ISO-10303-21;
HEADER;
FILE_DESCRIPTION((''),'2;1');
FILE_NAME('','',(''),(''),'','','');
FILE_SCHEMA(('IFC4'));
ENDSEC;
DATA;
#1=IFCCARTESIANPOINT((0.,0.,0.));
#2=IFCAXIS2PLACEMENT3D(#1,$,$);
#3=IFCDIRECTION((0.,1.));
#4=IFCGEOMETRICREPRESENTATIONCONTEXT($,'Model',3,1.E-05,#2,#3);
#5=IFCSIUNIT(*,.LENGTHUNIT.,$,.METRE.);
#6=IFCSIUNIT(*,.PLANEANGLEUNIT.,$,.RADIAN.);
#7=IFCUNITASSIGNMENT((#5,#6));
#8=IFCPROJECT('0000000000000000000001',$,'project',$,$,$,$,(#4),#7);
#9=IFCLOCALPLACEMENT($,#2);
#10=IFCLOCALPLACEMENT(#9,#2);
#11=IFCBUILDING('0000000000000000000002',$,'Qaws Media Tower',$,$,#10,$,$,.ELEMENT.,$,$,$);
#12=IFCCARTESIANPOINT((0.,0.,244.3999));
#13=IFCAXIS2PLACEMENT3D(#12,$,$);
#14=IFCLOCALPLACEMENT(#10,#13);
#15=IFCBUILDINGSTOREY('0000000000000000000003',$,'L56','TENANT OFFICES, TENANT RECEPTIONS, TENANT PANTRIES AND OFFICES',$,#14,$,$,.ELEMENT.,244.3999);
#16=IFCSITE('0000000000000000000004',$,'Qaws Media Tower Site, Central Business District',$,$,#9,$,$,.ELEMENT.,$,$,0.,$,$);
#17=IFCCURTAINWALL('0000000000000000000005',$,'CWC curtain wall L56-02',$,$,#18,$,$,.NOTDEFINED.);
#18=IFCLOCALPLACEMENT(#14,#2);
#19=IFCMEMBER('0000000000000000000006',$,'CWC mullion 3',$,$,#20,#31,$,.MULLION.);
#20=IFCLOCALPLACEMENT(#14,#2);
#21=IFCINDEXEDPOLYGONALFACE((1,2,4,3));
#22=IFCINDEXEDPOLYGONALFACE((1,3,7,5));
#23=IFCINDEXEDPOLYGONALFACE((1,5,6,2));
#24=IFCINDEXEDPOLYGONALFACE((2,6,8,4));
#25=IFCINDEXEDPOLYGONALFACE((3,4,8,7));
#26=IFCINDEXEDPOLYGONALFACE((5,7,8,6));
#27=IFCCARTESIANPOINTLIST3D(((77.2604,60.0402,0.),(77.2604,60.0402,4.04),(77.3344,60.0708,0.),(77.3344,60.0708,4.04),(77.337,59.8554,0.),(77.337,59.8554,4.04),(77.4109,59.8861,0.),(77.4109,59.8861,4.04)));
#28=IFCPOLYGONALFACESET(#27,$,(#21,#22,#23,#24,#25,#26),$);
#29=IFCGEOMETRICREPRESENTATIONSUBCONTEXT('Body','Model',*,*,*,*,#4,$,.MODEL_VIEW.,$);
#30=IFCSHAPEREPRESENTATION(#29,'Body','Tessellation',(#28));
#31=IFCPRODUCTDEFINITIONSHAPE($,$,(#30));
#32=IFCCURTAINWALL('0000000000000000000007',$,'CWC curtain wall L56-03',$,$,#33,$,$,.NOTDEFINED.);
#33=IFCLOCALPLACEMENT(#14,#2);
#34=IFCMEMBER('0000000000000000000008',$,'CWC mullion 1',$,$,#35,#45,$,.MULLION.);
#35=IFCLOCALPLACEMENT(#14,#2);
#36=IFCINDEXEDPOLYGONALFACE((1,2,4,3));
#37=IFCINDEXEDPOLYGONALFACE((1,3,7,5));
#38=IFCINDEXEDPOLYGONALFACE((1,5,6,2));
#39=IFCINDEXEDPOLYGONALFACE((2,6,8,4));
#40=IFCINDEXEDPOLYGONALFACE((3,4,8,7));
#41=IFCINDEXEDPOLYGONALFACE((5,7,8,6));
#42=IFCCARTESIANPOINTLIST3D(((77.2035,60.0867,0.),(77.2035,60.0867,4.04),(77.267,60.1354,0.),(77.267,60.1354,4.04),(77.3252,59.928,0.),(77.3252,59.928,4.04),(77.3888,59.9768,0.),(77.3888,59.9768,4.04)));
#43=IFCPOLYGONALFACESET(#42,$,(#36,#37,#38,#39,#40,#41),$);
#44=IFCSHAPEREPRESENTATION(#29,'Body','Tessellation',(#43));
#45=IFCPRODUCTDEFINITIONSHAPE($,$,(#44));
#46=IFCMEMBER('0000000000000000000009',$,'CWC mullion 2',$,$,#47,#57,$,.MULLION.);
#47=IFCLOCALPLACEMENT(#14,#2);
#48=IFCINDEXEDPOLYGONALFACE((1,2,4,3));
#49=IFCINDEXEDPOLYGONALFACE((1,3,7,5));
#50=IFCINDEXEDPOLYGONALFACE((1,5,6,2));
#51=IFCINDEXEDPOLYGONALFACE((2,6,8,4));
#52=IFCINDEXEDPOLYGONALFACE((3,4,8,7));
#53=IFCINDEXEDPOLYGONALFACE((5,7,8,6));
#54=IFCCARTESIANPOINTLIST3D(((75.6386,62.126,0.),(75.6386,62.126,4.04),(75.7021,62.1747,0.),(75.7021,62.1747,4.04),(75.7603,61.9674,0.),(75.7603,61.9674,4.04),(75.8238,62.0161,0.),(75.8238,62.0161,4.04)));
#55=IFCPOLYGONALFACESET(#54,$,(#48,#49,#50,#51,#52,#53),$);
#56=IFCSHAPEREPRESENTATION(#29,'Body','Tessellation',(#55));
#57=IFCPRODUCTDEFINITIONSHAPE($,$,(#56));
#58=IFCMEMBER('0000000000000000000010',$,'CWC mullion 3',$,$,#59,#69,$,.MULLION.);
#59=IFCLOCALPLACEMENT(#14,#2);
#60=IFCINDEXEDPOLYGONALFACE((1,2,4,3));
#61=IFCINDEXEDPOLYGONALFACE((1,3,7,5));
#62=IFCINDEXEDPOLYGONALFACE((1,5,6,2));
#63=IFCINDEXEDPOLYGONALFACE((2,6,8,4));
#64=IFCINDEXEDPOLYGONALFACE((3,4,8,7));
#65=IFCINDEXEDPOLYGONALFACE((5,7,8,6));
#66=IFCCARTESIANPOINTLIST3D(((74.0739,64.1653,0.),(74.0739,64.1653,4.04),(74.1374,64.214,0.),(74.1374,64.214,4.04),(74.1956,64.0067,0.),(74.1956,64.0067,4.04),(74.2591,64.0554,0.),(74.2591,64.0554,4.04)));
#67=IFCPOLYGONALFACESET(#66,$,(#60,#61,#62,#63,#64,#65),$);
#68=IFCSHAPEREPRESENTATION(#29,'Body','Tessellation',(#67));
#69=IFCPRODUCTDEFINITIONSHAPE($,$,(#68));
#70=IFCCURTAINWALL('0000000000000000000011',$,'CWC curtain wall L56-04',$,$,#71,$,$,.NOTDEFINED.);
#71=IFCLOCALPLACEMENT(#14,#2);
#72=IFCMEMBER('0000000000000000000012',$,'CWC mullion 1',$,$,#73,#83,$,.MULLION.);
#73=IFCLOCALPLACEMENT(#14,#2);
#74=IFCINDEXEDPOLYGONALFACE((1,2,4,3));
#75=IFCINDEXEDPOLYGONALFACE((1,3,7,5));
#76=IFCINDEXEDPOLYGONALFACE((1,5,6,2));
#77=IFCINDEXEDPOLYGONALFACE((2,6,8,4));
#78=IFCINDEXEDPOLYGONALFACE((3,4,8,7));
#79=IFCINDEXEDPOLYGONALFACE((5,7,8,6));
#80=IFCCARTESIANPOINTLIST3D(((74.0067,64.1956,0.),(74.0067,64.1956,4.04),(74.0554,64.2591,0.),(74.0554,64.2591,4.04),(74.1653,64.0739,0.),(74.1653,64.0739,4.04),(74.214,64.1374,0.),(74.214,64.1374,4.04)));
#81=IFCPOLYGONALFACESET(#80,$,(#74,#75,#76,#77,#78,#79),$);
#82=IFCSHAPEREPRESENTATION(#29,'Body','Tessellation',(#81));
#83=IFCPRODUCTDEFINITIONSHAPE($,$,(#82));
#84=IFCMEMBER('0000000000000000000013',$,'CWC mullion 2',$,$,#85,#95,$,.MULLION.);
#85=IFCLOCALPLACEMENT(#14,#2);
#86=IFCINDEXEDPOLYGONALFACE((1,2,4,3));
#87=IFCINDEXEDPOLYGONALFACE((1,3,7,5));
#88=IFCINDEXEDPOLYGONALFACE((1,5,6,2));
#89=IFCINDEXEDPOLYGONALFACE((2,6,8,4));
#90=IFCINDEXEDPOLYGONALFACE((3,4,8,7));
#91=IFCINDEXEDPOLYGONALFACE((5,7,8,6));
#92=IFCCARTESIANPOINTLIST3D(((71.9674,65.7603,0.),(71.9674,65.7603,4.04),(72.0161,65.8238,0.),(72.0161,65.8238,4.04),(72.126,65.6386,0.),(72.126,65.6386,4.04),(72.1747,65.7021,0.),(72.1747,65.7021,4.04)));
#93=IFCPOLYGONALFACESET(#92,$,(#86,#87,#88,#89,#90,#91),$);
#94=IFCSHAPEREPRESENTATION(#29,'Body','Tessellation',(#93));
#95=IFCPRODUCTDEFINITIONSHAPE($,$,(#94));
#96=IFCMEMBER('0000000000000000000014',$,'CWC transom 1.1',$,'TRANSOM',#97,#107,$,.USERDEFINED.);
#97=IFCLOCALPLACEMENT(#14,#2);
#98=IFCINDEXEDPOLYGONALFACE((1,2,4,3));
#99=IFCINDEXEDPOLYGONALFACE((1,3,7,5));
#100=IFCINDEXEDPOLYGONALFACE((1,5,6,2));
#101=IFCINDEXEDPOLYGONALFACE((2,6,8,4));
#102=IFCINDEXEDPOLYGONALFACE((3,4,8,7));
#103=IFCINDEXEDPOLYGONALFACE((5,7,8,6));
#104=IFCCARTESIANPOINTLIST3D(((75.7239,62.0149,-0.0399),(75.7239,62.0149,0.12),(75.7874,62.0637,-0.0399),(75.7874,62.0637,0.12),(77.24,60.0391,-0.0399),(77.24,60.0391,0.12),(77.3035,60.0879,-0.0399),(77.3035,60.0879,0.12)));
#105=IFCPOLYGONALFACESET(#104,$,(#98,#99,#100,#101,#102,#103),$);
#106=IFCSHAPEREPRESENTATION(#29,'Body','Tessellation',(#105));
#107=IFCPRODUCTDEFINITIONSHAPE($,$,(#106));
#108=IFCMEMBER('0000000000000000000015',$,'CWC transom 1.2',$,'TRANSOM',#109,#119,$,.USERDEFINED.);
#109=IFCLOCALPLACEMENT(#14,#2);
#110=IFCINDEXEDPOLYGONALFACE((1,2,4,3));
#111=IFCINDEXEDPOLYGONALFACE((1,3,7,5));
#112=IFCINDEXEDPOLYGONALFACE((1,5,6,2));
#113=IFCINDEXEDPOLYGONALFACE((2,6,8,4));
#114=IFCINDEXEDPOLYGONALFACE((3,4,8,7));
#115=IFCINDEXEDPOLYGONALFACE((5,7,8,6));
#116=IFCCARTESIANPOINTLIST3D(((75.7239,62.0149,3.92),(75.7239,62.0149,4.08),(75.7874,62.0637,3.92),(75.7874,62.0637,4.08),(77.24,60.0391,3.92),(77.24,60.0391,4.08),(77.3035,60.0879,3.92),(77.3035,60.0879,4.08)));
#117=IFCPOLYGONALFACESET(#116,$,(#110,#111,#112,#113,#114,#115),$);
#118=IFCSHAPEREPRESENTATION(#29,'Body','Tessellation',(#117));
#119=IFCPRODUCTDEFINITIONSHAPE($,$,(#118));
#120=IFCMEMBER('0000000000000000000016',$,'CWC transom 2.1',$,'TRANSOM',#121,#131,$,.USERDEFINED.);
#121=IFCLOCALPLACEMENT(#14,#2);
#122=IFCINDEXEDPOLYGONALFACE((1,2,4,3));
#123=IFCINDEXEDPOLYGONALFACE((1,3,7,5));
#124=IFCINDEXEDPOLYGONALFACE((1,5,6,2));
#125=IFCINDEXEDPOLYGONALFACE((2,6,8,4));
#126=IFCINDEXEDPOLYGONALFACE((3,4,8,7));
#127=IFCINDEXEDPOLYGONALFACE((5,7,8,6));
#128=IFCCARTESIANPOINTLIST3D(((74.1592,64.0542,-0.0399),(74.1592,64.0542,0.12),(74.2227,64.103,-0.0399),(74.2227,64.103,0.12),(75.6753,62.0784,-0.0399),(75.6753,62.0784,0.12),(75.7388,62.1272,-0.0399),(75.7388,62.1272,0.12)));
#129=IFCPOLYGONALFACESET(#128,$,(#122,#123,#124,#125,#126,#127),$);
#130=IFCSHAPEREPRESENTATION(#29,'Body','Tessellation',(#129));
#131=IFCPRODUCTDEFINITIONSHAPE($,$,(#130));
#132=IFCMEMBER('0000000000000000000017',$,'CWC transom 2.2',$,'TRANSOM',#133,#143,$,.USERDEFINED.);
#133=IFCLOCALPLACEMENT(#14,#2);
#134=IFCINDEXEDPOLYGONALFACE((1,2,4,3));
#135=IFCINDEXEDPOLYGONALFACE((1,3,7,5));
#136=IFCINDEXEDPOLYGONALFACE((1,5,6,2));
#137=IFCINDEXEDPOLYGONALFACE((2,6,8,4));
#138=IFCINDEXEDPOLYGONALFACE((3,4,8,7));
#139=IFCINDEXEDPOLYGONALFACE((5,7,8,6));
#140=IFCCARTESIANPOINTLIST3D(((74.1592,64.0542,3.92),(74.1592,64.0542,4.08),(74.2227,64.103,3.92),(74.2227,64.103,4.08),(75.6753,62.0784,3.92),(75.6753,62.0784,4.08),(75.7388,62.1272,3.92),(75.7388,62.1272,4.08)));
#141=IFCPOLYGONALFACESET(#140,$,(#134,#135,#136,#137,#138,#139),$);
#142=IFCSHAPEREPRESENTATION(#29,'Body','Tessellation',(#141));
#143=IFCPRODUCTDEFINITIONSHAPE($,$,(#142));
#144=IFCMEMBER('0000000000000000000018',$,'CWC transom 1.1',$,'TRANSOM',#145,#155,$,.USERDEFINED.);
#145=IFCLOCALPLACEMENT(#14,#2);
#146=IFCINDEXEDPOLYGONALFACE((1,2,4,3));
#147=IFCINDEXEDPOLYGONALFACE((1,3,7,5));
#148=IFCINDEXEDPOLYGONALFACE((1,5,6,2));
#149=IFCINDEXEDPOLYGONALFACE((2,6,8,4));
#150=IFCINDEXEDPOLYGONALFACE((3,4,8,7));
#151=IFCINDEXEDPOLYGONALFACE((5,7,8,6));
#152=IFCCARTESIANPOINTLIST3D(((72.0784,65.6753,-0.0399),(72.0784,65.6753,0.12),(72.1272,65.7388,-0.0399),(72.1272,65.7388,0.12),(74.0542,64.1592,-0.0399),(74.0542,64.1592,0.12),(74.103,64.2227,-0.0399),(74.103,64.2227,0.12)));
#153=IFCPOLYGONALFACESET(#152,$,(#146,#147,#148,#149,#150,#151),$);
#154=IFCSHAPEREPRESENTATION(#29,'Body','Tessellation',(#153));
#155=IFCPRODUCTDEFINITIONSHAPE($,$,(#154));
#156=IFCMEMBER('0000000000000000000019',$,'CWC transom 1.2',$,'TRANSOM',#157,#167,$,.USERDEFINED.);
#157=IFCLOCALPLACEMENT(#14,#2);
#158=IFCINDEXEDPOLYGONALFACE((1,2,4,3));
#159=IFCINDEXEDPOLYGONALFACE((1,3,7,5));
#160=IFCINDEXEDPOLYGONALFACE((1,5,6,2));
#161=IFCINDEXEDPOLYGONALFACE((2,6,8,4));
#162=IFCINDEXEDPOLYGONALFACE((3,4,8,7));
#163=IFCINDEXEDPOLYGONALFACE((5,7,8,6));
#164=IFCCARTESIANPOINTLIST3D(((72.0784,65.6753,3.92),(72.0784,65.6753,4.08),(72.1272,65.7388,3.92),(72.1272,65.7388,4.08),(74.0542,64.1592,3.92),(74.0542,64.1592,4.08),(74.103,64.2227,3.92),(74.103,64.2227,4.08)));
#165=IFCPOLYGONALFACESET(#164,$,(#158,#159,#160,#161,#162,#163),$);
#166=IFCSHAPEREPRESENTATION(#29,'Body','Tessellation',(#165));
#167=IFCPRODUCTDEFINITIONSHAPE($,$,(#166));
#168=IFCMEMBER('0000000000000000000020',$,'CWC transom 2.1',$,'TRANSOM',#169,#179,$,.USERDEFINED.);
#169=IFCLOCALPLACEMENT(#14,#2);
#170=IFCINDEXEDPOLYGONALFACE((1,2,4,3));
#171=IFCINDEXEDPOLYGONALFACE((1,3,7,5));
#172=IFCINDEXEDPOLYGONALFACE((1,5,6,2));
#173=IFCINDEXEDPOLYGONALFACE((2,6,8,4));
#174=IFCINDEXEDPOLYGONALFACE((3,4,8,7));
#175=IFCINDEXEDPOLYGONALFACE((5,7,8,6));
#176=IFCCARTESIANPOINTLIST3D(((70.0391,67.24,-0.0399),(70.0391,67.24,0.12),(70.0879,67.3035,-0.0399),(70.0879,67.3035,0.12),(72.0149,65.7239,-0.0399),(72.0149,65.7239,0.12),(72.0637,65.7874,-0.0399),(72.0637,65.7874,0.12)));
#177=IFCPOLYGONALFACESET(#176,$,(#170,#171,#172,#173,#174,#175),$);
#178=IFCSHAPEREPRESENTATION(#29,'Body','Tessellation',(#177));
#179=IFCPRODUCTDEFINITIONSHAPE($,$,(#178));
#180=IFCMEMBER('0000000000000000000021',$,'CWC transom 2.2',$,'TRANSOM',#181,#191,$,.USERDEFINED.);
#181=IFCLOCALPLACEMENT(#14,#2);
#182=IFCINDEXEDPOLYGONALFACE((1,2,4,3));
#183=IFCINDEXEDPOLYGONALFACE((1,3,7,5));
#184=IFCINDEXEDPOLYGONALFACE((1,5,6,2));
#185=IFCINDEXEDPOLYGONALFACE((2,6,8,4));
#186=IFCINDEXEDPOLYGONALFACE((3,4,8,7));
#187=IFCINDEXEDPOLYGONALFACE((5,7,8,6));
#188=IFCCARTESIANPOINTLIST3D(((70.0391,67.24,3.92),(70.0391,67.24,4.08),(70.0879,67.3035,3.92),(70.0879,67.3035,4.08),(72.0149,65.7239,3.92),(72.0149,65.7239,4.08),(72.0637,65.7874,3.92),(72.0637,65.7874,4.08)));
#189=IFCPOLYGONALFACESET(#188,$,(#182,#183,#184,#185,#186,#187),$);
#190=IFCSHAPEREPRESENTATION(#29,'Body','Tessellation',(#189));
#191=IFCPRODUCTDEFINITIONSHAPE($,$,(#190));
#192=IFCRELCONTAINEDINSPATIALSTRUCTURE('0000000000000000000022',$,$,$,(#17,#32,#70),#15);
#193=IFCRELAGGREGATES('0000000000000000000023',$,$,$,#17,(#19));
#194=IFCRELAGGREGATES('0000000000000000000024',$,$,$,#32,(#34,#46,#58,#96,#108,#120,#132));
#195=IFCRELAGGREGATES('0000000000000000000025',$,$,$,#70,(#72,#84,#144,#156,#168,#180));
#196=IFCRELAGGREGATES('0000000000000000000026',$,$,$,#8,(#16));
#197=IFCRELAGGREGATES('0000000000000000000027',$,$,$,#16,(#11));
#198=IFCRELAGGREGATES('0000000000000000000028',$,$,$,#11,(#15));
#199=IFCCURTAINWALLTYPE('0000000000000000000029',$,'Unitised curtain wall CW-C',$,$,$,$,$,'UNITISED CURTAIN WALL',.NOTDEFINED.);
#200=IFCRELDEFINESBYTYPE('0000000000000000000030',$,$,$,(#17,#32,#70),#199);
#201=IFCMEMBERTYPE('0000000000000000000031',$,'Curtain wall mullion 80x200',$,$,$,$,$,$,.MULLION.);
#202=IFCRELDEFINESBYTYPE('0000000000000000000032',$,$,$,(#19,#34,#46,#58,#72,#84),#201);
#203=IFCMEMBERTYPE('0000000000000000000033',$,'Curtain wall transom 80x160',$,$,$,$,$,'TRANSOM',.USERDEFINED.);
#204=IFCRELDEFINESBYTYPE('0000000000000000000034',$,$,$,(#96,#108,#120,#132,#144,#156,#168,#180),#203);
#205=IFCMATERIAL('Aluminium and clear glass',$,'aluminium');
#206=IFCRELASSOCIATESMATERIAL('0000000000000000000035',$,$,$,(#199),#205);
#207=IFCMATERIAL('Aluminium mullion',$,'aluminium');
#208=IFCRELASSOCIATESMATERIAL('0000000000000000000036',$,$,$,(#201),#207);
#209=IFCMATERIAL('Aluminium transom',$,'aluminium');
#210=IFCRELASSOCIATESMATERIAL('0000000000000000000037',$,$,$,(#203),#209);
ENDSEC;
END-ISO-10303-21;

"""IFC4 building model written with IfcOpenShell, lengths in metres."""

from ifc_helpers import new_model, si_unit, direction, frame, origin, origin_2d, place, context, subcontext, project, spatial, rectangle, extrude, material, material_profile, profile_set, type_object, element, aggregate, save


model = new_model("IFC4")

# Units and contexts
model_context = context("Model", 3, precision=1e-05, world=origin(), true_north=direction((0.0, 1.0)))
body_context = subcontext(model_context, "Body", "Model", "MODEL_VIEW")
ifc_project = project(units=[si_unit("LENGTHUNIT", "METRE"), si_unit("PLANEANGLEUNIT", "RADIAN")], contexts=[model_context])

# Site, building, storey
site_placement = place(None, origin())
site = spatial("IfcSite", under=ifc_project, at=site_placement, Name="Qaws Media Tower Site, Central Business District", CompositionType="ELEMENT", RefElevation=0.0)
building_placement = place(site_placement, origin())
building = spatial("IfcBuilding", under=site, at=building_placement, Name="Qaws Media Tower", CompositionType="ELEMENT")
storey_placement = place(building_placement, frame((0.0, 0.0, 244.3999)))
storey = spatial("IfcBuildingStorey", under=building, at=storey_placement, Name="L56", Description="TENANT OFFICES, TENANT RECEPTIONS, TENANT PANTRIES AND OFFICES", CompositionType="ELEMENT", Elevation=244.3999)

# Curtain wall, member
ifc_material_1 = material(Name="Aluminium and clear glass", Category="aluminium")
curtain_wall_type = type_object("IfcCurtainWallType", Name="Unitised curtain wall CW-C", ElementType="UNITISED CURTAIN WALL", PredefinedType="NOTDEFINED", material=ifc_material_1)
curtain_wall_1_placement = place(storey_placement, origin())
curtain_wall_1 = element("IfcCurtainWall", 1, at=curtain_wall_1_placement, inside=storey, type_object=curtain_wall_type, Name="CWC curtain wall L56-02", PredefinedType="NOTDEFINED")
ifc_material_2 = material(Name="Aluminium mullion", Category="aluminium")
ifc_material_profile_1 = material_profile(ifc_material_2, rectangle(XDim=0.0801, YDim=0.2, at=origin_2d()), Name="80x200")
ifc_profile_set_1 = profile_set([ifc_material_profile_1], Name="Aluminium mullion")
member_type_1 = type_object("IfcMemberType", Name="Curtain wall mullion 80x200", PredefinedType="MULLION", material=ifc_profile_set_1)
member_1_placement = place(storey_placement, frame((77.3357, 59.9631, 0.0), z_axis=(0.0, 0.0, 1.0), x_axis=(-0.923879, -0.382684, 0.0)))
member_1 = element("IfcMember", 2, at=member_1_placement, type_object=member_type_1, Name="CWC mullion 3", PredefinedType="MULLION", context=body_context, shape_type="SweptSolid", body=[
    extrude(rectangle(XDim=0.0801, YDim=0.2, at=origin_2d()), origin(), (0.0, 0.0, 1.0), 4.04),
])

# Curtain walls, members
curtain_wall_2_placement = place(storey_placement, origin())
curtain_wall_2 = element("IfcCurtainWall", 3, at=curtain_wall_2_placement, inside=storey, type_object=curtain_wall_type, Name="CWC curtain wall L56-03", PredefinedType="NOTDEFINED")
member_2_placement = place(storey_placement, frame((77.2961, 60.0317, 0.0), z_axis=(0.0, 0.0, 1.0), x_axis=(-0.793353, -0.608761, 0.0)))
member_2 = element("IfcMember", 4, at=member_2_placement, type_object=member_type_1, Name="CWC mullion 1", PredefinedType="MULLION", context=body_context, shape_type="SweptSolid", body=[
    extrude(rectangle(XDim=0.0801, YDim=0.2, at=origin_2d()), origin(), (0.0, 0.0, 1.0), 4.04),
])
member_3_placement = place(storey_placement, frame((75.7312, 62.071, 0.0), z_axis=(0.0, 0.0, 1.0), x_axis=(-0.793353, -0.608761, 0.0)))
member_3 = element("IfcMember", 5, at=member_3_placement, type_object=member_type_1, Name="CWC mullion 2", PredefinedType="MULLION", context=body_context, shape_type="SweptSolid", body=[
    extrude(rectangle(XDim=0.0801, YDim=0.2, at=origin_2d()), origin(), (0.0, 0.0, 1.0), 4.04),
])
member_4_placement = place(storey_placement, frame((74.1665, 64.1104, 0.0), z_axis=(0.0, 0.0, 1.0), x_axis=(-0.793353, -0.608761, 0.0)))
member_4 = element("IfcMember", 6, at=member_4_placement, type_object=member_type_1, Name="CWC mullion 3", PredefinedType="MULLION", context=body_context, shape_type="SweptSolid", body=[
    extrude(rectangle(XDim=0.0801, YDim=0.2, at=origin_2d()), origin(), (0.0, 0.0, 1.0), 4.04),
])
curtain_wall_3_placement = place(storey_placement, origin())
curtain_wall_3 = element("IfcCurtainWall", 7, at=curtain_wall_3_placement, inside=storey, type_object=curtain_wall_type, Name="CWC curtain wall L56-04", PredefinedType="NOTDEFINED")
member_5_placement = place(storey_placement, frame((74.1104, 64.1665, 0.0), z_axis=(0.0, 0.0, 1.0), x_axis=(-0.608761, -0.793353, 0.0)))
member_5 = element("IfcMember", 8, at=member_5_placement, type_object=member_type_1, Name="CWC mullion 1", PredefinedType="MULLION", context=body_context, shape_type="SweptSolid", body=[
    extrude(rectangle(XDim=0.0801, YDim=0.2, at=origin_2d()), origin(), (0.0, 0.0, 1.0), 4.04),
])
member_6_placement = place(storey_placement, frame((72.071, 65.7312, 0.0), z_axis=(0.0, 0.0, 1.0), x_axis=(-0.608761, -0.793353, 0.0)))
member_6 = element("IfcMember", 9, at=member_6_placement, type_object=member_type_1, Name="CWC mullion 2", PredefinedType="MULLION", context=body_context, shape_type="SweptSolid", body=[
    extrude(rectangle(XDim=0.0801, YDim=0.2, at=origin_2d()), origin(), (0.0, 0.0, 1.0), 4.04),
])

# Members
ifc_material_3 = material(Name="Aluminium transom", Category="aluminium")
ifc_material_profile_2 = material_profile(ifc_material_3, rectangle(XDim=0.0801, YDim=0.1599, at=origin_2d()), Name="80x160")
ifc_profile_set_2 = profile_set([ifc_material_profile_2], Name="Aluminium transom")
member_type_2 = type_object("IfcMemberType", Name="Curtain wall transom 80x160", ElementType="TRANSOM", PredefinedType="USERDEFINED", material=ifc_profile_set_2)
member_7_placement = place(storey_placement, frame((77.2717, 60.0635, 0.04), z_axis=(-0.608763, 0.793352, 0.0), x_axis=(-0.793352, -0.608763, 0.0)))
member_7 = element("IfcMember", 10, at=member_7_placement, type_object=member_type_2, Name="CWC transom 1.1", ObjectType="TRANSOM", PredefinedType="USERDEFINED", context=body_context, shape_type="SweptSolid", body=[
    extrude(rectangle(XDim=0.0801, YDim=0.1599, at=origin_2d()), origin(), (0.0, 0.0, 1.0), 2.4905),
])
member_8_placement = place(storey_placement, frame((77.2717, 60.0635, 4.0), z_axis=(-0.608763, 0.793352, 0.0), x_axis=(-0.793352, -0.608763, 0.0)))
member_8 = element("IfcMember", 11, at=member_8_placement, type_object=member_type_2, Name="CWC transom 1.2", ObjectType="TRANSOM", PredefinedType="USERDEFINED", context=body_context, shape_type="SweptSolid", body=[
    extrude(rectangle(XDim=0.0801, YDim=0.1599, at=origin_2d()), origin(), (0.0, 0.0, 1.0), 2.4905),
])
member_9_placement = place(storey_placement, frame((75.707, 62.1028, 0.04), z_axis=(-0.608763, 0.793352, 0.0), x_axis=(-0.793352, -0.608763, 0.0)))
member_9 = element("IfcMember", 12, at=member_9_placement, type_object=member_type_2, Name="CWC transom 2.1", ObjectType="TRANSOM", PredefinedType="USERDEFINED", context=body_context, shape_type="SweptSolid", body=[
    extrude(rectangle(XDim=0.0801, YDim=0.1599, at=origin_2d()), origin(), (0.0, 0.0, 1.0), 2.4905),
])
member_10_placement = place(storey_placement, frame((75.707, 62.1028, 4.0), z_axis=(-0.608763, 0.793352, 0.0), x_axis=(-0.793352, -0.608763, 0.0)))
member_10 = element("IfcMember", 13, at=member_10_placement, type_object=member_type_2, Name="CWC transom 2.2", ObjectType="TRANSOM", PredefinedType="USERDEFINED", context=body_context, shape_type="SweptSolid", body=[
    extrude(rectangle(XDim=0.0801, YDim=0.1599, at=origin_2d()), origin(), (0.0, 0.0, 1.0), 2.4905),
])
member_11_placement = place(storey_placement, frame((74.0786, 64.1909, 0.04), z_axis=(-0.793352, 0.608763, 0.0), x_axis=(-0.608763, -0.793352, 0.0)))
member_11 = element("IfcMember", 14, at=member_11_placement, type_object=member_type_2, Name="CWC transom 1.1", ObjectType="TRANSOM", PredefinedType="USERDEFINED", context=body_context, shape_type="SweptSolid", body=[
    extrude(rectangle(XDim=0.0801, YDim=0.1599, at=origin_2d()), origin(), (0.0, 0.0, 1.0), 2.4905),
])
member_12_placement = place(storey_placement, frame((74.0786, 64.1909, 4.0), z_axis=(-0.793352, 0.608763, 0.0), x_axis=(-0.608763, -0.793352, 0.0)))
member_12 = element("IfcMember", 15, at=member_12_placement, type_object=member_type_2, Name="CWC transom 1.2", ObjectType="TRANSOM", PredefinedType="USERDEFINED", context=body_context, shape_type="SweptSolid", body=[
    extrude(rectangle(XDim=0.0801, YDim=0.1599, at=origin_2d()), origin(), (0.0, 0.0, 1.0), 2.4905),
])
member_13_placement = place(storey_placement, frame((72.0393, 65.7556, 0.04), z_axis=(-0.793352, 0.608763, 0.0), x_axis=(-0.608763, -0.793352, 0.0)))
member_13 = element("IfcMember", 16, at=member_13_placement, type_object=member_type_2, Name="CWC transom 2.1", ObjectType="TRANSOM", PredefinedType="USERDEFINED", context=body_context, shape_type="SweptSolid", body=[
    extrude(rectangle(XDim=0.0801, YDim=0.1599, at=origin_2d()), origin(), (0.0, 0.0, 1.0), 2.4905),
])
member_14_placement = place(storey_placement, frame((72.0393, 65.7556, 4.0), z_axis=(-0.793352, 0.608763, 0.0), x_axis=(-0.608763, -0.793352, 0.0)))
member_14 = element("IfcMember", 17, at=member_14_placement, type_object=member_type_2, Name="CWC transom 2.2", ObjectType="TRANSOM", PredefinedType="USERDEFINED", context=body_context, shape_type="SweptSolid", body=[
    extrude(rectangle(XDim=0.0801, YDim=0.1599, at=origin_2d()), origin(), (0.0, 0.0, 1.0), 2.4905),
])

aggregate(curtain_wall_1, [member_1])
aggregate(curtain_wall_2, [member_2, member_3, member_4, member_7, member_8, member_9, member_10])
aggregate(curtain_wall_3, [member_5, member_6, member_11, member_12, member_13, member_14])

save(model, "model.ifc")
